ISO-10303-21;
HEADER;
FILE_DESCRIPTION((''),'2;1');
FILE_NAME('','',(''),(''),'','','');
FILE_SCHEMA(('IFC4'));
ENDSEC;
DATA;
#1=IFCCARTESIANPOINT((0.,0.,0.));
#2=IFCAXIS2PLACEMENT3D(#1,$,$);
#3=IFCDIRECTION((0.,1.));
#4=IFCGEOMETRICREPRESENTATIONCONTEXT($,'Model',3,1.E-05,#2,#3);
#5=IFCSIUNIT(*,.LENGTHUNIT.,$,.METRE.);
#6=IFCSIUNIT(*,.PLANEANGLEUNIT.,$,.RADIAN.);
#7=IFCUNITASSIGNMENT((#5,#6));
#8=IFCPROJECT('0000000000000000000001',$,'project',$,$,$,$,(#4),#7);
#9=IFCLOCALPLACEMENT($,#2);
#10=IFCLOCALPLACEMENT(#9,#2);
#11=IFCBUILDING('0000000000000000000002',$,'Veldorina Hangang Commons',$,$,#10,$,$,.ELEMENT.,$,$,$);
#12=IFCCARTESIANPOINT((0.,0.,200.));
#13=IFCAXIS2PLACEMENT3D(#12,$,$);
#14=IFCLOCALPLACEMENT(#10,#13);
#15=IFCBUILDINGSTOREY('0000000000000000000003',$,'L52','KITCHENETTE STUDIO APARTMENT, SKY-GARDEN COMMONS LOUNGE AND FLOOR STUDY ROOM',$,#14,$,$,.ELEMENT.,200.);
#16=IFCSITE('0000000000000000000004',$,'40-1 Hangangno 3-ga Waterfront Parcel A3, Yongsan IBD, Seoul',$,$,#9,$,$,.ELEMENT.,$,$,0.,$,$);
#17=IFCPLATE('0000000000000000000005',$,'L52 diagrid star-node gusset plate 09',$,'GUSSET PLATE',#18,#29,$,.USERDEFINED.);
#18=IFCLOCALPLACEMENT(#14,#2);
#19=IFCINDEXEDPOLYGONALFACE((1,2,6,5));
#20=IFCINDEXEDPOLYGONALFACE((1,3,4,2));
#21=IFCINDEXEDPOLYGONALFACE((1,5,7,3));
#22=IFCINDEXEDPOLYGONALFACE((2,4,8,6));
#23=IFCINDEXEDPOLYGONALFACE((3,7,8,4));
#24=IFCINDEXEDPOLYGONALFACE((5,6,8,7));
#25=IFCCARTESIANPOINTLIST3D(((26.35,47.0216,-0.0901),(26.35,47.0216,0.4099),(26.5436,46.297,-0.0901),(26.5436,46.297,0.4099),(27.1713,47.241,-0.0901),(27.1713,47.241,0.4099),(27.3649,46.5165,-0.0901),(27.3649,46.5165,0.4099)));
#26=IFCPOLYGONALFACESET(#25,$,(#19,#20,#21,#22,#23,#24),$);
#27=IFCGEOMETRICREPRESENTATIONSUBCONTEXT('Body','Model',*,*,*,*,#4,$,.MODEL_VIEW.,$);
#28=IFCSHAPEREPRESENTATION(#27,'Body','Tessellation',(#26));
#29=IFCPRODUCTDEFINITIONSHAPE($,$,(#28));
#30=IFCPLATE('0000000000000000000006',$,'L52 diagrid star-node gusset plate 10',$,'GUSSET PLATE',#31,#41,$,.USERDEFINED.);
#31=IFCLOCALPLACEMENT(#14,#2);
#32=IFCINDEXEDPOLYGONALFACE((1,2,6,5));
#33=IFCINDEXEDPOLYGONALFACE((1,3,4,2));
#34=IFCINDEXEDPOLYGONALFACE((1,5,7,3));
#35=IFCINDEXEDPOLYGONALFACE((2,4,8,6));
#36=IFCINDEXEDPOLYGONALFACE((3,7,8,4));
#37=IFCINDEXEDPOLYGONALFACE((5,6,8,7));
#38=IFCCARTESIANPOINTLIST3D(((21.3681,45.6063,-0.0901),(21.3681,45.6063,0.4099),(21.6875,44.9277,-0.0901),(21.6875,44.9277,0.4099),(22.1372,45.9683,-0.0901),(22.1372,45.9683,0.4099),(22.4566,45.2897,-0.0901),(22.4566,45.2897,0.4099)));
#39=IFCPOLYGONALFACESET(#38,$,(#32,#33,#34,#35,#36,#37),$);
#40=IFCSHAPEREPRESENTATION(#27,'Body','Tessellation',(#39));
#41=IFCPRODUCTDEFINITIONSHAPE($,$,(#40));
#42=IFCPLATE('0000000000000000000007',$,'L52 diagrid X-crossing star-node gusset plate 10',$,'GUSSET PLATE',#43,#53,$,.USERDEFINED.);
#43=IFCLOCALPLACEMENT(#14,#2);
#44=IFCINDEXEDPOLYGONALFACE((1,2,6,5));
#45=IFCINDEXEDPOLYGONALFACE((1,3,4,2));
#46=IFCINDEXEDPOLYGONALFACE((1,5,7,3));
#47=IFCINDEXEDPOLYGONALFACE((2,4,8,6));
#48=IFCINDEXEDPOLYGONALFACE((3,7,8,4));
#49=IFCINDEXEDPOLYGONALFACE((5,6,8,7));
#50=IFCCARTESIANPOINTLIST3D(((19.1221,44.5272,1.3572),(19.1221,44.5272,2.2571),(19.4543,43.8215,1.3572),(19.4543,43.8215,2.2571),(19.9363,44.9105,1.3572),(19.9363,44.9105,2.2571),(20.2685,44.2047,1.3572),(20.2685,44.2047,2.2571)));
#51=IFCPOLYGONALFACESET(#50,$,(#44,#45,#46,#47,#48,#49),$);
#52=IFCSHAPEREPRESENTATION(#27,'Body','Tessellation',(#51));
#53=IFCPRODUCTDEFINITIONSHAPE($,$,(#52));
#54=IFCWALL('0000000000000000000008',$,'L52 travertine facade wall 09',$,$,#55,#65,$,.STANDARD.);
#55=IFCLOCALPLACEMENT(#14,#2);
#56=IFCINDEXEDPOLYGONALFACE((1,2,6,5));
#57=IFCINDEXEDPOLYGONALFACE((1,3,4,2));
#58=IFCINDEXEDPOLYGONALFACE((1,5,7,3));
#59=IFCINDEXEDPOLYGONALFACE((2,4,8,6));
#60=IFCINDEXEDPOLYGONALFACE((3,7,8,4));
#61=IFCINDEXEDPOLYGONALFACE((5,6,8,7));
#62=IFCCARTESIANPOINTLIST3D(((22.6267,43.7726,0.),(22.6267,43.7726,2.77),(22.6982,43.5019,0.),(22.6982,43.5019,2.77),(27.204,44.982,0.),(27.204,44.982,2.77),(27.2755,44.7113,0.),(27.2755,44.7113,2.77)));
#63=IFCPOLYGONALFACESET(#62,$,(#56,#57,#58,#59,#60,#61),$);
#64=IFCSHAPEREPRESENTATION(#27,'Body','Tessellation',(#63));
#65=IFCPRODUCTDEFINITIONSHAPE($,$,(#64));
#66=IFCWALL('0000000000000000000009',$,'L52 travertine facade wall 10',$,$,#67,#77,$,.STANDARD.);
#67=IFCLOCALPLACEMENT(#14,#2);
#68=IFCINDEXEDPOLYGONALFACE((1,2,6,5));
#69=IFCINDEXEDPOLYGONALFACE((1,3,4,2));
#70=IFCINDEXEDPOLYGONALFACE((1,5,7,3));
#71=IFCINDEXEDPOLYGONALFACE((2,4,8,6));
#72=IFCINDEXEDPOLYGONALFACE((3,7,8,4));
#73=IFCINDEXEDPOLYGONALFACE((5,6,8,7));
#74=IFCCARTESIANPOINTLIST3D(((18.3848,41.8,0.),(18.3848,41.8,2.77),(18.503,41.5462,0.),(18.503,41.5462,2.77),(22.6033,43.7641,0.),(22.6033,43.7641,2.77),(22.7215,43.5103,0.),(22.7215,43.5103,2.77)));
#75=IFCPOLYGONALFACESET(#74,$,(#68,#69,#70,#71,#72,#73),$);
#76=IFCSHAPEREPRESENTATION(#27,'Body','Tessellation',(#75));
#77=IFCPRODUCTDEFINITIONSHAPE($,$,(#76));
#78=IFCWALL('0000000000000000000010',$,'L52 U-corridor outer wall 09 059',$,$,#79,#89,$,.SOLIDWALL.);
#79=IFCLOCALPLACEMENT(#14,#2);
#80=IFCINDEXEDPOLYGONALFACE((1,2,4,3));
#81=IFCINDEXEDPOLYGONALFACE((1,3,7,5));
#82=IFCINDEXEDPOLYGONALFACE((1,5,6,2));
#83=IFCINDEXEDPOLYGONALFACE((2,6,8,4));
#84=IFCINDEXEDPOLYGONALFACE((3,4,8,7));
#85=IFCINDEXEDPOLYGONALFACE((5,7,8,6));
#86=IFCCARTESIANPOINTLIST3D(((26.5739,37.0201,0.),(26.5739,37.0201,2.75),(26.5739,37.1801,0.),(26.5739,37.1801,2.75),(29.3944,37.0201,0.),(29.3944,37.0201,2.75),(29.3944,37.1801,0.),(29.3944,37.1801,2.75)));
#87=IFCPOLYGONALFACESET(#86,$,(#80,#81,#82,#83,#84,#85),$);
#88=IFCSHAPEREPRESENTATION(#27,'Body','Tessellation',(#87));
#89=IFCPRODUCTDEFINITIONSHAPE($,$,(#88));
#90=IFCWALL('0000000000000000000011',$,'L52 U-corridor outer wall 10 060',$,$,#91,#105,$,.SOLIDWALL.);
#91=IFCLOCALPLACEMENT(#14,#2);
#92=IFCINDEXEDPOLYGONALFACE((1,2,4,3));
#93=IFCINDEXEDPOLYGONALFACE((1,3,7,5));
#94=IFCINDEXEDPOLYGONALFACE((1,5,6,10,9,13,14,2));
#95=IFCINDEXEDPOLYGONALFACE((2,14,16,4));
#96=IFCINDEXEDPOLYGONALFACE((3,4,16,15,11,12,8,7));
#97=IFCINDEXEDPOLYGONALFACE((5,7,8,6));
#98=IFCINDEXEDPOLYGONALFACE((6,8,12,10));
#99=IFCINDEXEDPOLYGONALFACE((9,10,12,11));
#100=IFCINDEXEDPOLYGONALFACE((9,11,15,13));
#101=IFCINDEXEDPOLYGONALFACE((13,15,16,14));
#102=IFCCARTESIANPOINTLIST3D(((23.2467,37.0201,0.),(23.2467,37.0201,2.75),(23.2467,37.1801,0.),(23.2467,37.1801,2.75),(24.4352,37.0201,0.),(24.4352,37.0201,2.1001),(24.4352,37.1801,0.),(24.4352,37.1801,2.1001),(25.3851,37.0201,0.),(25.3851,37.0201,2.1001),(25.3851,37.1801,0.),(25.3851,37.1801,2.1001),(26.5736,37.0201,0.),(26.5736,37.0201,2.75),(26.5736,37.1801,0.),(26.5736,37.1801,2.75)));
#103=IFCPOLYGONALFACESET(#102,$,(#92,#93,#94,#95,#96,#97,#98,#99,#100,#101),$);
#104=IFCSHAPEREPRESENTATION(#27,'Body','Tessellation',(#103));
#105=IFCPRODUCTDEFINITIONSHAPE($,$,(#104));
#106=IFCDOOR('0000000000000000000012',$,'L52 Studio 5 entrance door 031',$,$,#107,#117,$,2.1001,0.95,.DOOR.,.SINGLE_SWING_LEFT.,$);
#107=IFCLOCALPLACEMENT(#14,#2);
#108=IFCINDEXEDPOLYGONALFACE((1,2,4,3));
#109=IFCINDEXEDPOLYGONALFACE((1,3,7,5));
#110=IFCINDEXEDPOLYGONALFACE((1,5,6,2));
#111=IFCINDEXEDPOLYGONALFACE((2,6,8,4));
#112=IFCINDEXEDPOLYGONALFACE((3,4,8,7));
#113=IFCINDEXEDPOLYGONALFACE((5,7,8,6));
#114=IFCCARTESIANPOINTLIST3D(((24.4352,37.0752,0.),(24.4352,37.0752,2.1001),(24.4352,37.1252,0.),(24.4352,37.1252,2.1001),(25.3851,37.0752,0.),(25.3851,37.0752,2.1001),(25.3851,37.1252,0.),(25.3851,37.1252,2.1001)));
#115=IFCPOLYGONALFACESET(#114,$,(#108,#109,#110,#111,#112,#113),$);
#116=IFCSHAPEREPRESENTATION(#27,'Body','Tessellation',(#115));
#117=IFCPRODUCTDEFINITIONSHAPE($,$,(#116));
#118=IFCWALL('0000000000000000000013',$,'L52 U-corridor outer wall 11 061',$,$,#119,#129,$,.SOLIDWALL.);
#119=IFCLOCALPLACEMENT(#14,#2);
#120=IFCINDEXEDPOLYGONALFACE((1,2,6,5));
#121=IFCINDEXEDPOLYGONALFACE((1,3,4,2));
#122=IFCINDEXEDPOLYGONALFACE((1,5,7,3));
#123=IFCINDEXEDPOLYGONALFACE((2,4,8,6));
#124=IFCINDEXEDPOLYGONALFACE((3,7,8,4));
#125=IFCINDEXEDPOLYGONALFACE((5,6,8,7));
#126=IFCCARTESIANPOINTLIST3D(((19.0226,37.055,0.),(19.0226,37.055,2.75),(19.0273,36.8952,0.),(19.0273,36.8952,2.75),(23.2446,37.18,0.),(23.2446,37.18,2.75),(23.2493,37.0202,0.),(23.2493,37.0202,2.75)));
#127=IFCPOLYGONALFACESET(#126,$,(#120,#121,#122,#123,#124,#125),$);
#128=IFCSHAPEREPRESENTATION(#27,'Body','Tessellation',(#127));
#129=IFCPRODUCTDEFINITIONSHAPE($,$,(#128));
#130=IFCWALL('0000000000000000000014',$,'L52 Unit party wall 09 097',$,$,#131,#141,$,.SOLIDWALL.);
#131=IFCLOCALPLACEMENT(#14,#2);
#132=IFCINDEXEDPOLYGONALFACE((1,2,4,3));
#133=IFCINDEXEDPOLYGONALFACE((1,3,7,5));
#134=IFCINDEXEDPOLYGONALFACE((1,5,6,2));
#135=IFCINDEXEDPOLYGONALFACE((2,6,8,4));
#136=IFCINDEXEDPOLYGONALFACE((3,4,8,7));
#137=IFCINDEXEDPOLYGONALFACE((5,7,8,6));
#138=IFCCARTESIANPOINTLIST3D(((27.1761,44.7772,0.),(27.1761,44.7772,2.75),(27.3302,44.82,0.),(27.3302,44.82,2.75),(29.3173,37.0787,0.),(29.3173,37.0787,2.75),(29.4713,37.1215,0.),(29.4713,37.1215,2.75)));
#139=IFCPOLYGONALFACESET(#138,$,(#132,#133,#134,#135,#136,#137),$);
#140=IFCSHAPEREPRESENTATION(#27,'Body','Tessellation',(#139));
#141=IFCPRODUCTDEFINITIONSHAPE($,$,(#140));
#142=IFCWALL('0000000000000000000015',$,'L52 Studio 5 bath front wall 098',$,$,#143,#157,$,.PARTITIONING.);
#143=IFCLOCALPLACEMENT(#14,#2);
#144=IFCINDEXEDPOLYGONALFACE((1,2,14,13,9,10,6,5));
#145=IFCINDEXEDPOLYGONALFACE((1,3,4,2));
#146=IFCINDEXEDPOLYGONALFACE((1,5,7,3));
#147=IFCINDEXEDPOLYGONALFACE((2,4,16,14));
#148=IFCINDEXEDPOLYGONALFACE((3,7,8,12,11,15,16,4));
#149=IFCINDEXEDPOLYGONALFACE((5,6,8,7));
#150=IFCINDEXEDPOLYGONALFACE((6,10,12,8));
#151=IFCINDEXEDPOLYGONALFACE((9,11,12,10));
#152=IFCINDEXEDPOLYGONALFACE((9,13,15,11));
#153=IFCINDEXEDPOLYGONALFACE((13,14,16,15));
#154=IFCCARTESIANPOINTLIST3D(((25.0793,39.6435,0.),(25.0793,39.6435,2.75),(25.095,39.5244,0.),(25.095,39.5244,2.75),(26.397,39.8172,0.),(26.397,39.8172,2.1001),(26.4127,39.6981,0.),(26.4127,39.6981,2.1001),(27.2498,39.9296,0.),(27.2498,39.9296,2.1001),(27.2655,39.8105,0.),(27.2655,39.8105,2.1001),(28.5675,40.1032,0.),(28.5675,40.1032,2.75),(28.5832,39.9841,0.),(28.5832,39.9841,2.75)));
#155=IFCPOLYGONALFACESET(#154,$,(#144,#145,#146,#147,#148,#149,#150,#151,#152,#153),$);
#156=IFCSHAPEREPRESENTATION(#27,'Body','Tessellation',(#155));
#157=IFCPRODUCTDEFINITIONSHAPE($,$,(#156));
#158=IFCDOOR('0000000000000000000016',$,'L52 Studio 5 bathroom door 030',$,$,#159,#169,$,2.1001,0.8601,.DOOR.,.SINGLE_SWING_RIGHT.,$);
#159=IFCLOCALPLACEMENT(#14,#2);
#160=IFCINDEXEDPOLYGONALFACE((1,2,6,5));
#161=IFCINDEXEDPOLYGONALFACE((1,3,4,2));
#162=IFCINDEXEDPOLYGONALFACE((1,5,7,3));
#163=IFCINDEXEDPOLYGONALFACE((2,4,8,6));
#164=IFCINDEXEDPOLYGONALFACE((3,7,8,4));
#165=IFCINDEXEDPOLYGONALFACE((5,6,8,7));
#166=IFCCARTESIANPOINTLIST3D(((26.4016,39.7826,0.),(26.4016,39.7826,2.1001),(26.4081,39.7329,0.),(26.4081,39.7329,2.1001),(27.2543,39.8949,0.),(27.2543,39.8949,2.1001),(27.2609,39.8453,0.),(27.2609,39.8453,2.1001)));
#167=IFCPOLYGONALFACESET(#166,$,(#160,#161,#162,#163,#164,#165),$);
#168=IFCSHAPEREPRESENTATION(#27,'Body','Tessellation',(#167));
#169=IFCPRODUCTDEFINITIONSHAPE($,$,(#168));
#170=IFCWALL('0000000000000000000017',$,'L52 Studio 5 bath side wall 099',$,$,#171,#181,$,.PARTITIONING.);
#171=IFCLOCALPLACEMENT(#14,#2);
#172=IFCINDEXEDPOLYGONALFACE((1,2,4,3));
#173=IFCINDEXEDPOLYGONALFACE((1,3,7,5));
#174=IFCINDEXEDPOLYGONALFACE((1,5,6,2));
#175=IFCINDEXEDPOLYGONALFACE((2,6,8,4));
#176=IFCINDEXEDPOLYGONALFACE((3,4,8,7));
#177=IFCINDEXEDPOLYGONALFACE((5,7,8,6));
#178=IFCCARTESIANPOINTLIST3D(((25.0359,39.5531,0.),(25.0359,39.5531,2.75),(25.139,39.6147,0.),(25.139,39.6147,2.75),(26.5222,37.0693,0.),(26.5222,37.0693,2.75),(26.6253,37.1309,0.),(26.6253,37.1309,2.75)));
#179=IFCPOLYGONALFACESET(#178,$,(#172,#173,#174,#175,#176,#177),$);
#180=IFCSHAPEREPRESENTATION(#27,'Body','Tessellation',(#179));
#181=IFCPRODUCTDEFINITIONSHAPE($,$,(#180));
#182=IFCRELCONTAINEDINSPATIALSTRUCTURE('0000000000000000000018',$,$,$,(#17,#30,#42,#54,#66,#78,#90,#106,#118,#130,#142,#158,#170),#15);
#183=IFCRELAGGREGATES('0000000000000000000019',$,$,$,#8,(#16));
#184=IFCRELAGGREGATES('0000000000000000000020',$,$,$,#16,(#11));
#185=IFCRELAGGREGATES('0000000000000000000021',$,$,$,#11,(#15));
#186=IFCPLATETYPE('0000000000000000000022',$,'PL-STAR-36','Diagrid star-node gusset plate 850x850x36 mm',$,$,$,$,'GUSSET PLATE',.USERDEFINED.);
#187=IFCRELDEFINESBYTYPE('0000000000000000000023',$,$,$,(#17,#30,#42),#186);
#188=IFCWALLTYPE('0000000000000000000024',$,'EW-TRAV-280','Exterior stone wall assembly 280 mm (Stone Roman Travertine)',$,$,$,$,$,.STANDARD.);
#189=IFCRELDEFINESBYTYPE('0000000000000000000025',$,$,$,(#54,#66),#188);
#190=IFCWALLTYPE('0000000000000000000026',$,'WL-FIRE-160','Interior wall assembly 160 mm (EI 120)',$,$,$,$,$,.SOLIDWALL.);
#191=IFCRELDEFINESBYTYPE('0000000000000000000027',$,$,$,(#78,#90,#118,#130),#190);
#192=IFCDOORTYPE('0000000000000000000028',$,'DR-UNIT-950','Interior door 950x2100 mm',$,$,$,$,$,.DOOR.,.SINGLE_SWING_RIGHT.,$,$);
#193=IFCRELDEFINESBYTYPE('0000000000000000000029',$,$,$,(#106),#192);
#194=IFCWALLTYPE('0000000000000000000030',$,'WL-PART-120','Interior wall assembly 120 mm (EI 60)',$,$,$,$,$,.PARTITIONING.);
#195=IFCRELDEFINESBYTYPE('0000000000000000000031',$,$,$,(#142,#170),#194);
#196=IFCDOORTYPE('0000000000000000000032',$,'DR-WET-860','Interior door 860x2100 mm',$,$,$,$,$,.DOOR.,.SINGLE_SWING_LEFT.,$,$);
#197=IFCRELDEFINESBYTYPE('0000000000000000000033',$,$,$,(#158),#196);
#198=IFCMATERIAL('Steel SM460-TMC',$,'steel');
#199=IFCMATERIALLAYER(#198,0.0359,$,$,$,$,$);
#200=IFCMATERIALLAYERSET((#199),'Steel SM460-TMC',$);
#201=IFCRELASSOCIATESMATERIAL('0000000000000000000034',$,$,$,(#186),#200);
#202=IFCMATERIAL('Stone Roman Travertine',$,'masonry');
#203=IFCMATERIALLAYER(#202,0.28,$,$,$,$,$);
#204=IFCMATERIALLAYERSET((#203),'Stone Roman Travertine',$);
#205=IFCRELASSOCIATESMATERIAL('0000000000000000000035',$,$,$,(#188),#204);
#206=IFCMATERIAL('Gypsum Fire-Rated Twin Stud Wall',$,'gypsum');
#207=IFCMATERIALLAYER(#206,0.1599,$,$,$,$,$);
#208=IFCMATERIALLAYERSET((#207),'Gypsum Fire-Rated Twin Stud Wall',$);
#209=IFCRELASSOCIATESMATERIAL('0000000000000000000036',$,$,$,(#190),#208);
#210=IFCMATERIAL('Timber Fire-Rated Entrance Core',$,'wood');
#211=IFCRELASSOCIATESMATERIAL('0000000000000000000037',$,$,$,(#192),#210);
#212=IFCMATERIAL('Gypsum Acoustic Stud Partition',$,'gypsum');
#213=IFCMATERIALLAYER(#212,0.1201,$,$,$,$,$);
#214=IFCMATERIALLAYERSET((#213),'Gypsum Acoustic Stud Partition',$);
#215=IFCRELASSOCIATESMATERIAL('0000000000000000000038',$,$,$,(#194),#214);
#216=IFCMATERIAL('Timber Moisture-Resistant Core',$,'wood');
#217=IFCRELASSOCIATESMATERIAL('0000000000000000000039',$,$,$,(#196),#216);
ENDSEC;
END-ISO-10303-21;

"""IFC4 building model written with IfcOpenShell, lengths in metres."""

from ifc_helpers import new_model, si_unit, direction, frame, frame_2d, origin, origin_2d, place, context, subcontext, project, spatial, rectangle, extrude, material, layer, layer_set, type_object, element, fill, save


model = new_model("IFC4")

# Units and contexts
model_context = context("Model", 3, precision=1e-05, world=origin(), true_north=direction((0.0, 1.0)))
body_context = subcontext(model_context, "Body", "Model", "MODEL_VIEW")
ifc_project = project(units=[si_unit("LENGTHUNIT", "METRE"), si_unit("PLANEANGLEUNIT", "RADIAN")], contexts=[model_context])

# Site, building, storey
site_placement = place(None, origin())
site = spatial("IfcSite", under=ifc_project, at=site_placement, Name="40-1 Hangangno 3-ga Waterfront Parcel A3, Yongsan IBD, Seoul", CompositionType="ELEMENT", RefElevation=0.0)
building_placement = place(site_placement, origin())
building = spatial("IfcBuilding", under=site, at=building_placement, Name="Veldorina Hangang Commons", CompositionType="ELEMENT")
storey_placement = place(building_placement, frame((0.0, 0.0, 200.0)))
storey = spatial("IfcBuildingStorey", under=building, at=storey_placement, Name="L52", Description="KITCHENETTE STUDIO APARTMENT, SKY-GARDEN COMMONS LOUNGE AND FLOOR STUDY ROOM", CompositionType="ELEMENT", Elevation=200.0)

# Plates
ifc_material_1 = material(Name="Steel SM460-TMC", Category="steel")
ifc_layer_1 = layer(ifc_material_1, 0.0359)
ifc_layer_set_1 = layer_set([ifc_layer_1], Name="Steel SM460-TMC")
plate_type = type_object("IfcPlateType", Name="PL-STAR-36", Description="Diagrid star-node gusset plate 850x850x36 mm", ElementType="GUSSET PLATE", PredefinedType="USERDEFINED", material=ifc_layer_set_1)
for number, where, z_axis, x_axis, name in (
    (1, (26.8574, 46.769, -0.0901), (0.0, 0.0, 1.0), (-0.966115, -0.258111, 0.0), "L52 diagrid star-node gusset plate 09"),
    (2, (21.9124, 45.448, -0.0901), (0.0, 0.0, 1.0), (-0.904768, -0.425906, 0.0), "L52 diagrid star-node gusset plate 10"),
):
    element("IfcPlate", number, at=place(storey_placement, frame(where, z_axis=z_axis, x_axis=x_axis)), inside=storey, type_object=plate_type, Name=name, ObjectType="GUSSET PLATE", PredefinedType="USERDEFINED", context=body_context, shape_type="SweptSolid", body=[
        extrude(rectangle(XDim=0.8501, YDim=0.75, at=origin_2d()), origin(), (0.0, 0.0, 1.0), 0.5),
    ])
plate_1_placement = place(storey_placement, frame((19.6953, 44.366, 1.3572), z_axis=(0.0, 0.0, 1.0), x_axis=(-0.904768, -0.425906, 0.0)))
element("IfcPlate", 3, at=plate_1_placement, inside=storey, type_object=plate_type, Name="L52 diagrid X-crossing star-node gusset plate 10", ObjectType="GUSSET PLATE", PredefinedType="USERDEFINED", context=body_context, shape_type="SweptSolid", body=[
    extrude(rectangle(XDim=0.8999, YDim=0.78, at=origin_2d()), origin(), (0.0, 0.0, 1.0), 0.8999),
])

# Walls
ifc_material_2 = material(Name="Stone Roman Travertine", Category="masonry")
ifc_layer_2 = layer(ifc_material_2, 0.28)
ifc_layer_set_2 = layer_set([ifc_layer_2], Name="Stone Roman Travertine")
wall_type_1 = type_object("IfcWallType", Name="EW-TRAV-280", Description="Exterior stone wall assembly 280 mm (Stone Roman Travertine)", PredefinedType="STANDARD", material=ifc_layer_set_2)
wall_1_placement = place(storey_placement, frame((27.2397, 44.8467, 0.0), z_axis=(0.0, 0.0, 1.0), x_axis=(-0.96682, -0.25546, 0.0)))
element("IfcWall", 4, at=wall_1_placement, inside=storey, type_object=wall_type_1, Name="L52 travertine facade wall 09", PredefinedType="STANDARD", context=body_context, shape_type="SweptSolid", body=[
    extrude(rectangle(XDim=4.7344, YDim=0.28, at=frame_2d((2.3672, 0.0))), origin(), (0.0, 0.0, 1.0), 2.77),
])
wall_2_placement = place(storey_placement, frame((22.6624, 43.6372, 0.0), z_axis=(0.0, 0.0, 1.0), x_axis=(-0.906555, -0.422087, 0.0)))
element("IfcWall", 5, at=wall_2_placement, inside=storey, type_object=wall_type_1, Name="L52 travertine facade wall 10", PredefinedType="STANDARD", context=body_context, shape_type="SweptSolid", body=[
    extrude(rectangle(XDim=4.6533, YDim=0.28, at=frame_2d((2.3267, 0.0))), origin(), (0.0, 0.0, 1.0), 2.77),
])
ifc_material_3 = material(Name="Gypsum Fire-Rated Twin Stud Wall", Category="gypsum")
ifc_layer_3 = layer(ifc_material_3, 0.1599)
ifc_layer_set_3 = layer_set([ifc_layer_3], Name="Gypsum Fire-Rated Twin Stud Wall")
wall_type_2 = type_object("IfcWallType", Name="WL-FIRE-160", Description="Interior wall assembly 160 mm (EI 120)", PredefinedType="SOLIDWALL", material=ifc_layer_set_3)
wall_3_placement = place(storey_placement, frame((29.3943, 37.1001, 0.0), z_axis=(0.0, 0.0, 1.0), x_axis=(-1.0, 0.0, 0.0)))
element("IfcWall", 6, at=wall_3_placement, inside=storey, type_object=wall_type_2, Name="L52 U-corridor outer wall 09 059", PredefinedType="SOLIDWALL", context=body_context, shape_type="SweptSolid", body=[
    extrude(rectangle(XDim=2.8206, YDim=0.1599, at=frame_2d((1.4102, 0.0))), origin(), (0.0, 0.0, 1.0), 2.75),
])

# Wall, opening, door
wall_4_placement = place(storey_placement, frame((26.5737, 37.1001, 0.0), z_axis=(0.0, 0.0, 1.0), x_axis=(-1.0, 0.0, 0.0)))
wall_4 = element("IfcWall", 7, at=wall_4_placement, inside=storey, type_object=wall_type_2, Name="L52 U-corridor outer wall 10 060", PredefinedType="SOLIDWALL", context=body_context, shape_type="SweptSolid", body=[
    extrude(rectangle(XDim=3.3269, YDim=0.1599, at=frame_2d((1.6636, 0.0))), origin(), (0.0, 0.0, 1.0), 2.75),
])
opening_1_placement = place(wall_4_placement, frame((1.1885, 0.0, 0.0)))
opening_1 = element("IfcOpeningElement", 8, at=opening_1_placement, cuts=wall_4, PredefinedType="OPENING", context=body_context, shape_type="SweptSolid", body=[
    extrude(rectangle(XDim=0.95, YDim=2.1001, at=frame_2d((0.4751, 1.05))), frame((0.0, 0.0898, 0.0), z_axis=(0.0, -1.0, 0.0), x_axis=(1.0, 0.0, 0.0)), (0.0, 0.0, 1.0), 0.1799),
])
ifc_material_4 = material(Name="Timber Fire-Rated Entrance Core", Category="wood")
door_type_1 = type_object("IfcDoorType", Name="DR-UNIT-950", Description="Interior door 950x2100 mm", OperationType="SINGLE_SWING_RIGHT", PredefinedType="DOOR", material=ifc_material_4)
door_1_placement = place(opening_1_placement, origin())
door_1 = element("IfcDoor", 9, at=door_1_placement, inside=storey, type_object=door_type_1, Name="L52 Studio 5 entrance door 031", OperationType="SINGLE_SWING_LEFT", OverallHeight=2.1001, OverallWidth=0.95, PredefinedType="DOOR", context=body_context, shape_type="SweptSolid", body=[
    extrude(rectangle(XDim=0.95, YDim=2.1001, at=frame_2d((0.4751, 1.05))), frame((0.0, 0.0249, 0.0), z_axis=(0.0, -1.0, 0.0), x_axis=(1.0, 0.0, 0.0)), (0.0, 0.0, 1.0), 0.05),
])
fill(opening_1, door_1)

# Walls
wall_5_placement = place(storey_placement, frame((23.2468, 37.1001, 0.0), z_axis=(0.0, 0.0, 1.0), x_axis=(-0.999562, -0.029594, 0.0)))
element("IfcWall", 10, at=wall_5_placement, inside=storey, type_object=wall_type_2, Name="L52 U-corridor outer wall 11 061", PredefinedType="SOLIDWALL", context=body_context, shape_type="SweptSolid", body=[
    extrude(rectangle(XDim=4.2239, YDim=0.1599, at=frame_2d((2.1118, 0.0))), origin(), (0.0, 0.0, 1.0), 2.75),
])
wall_6_placement = place(storey_placement, frame((29.3943, 37.1001, 0.0), z_axis=(0.0, 0.0, 1.0), x_axis=(-0.267951, 0.963433, 0.0)))
element("IfcWall", 11, at=wall_6_placement, inside=storey, type_object=wall_type_2, Name="L52 Unit party wall 09 097", PredefinedType="SOLIDWALL", context=body_context, shape_type="SweptSolid", body=[
    extrude(rectangle(XDim=7.9907, YDim=0.1599, at=frame_2d((3.9954, 0.0))), origin(), (0.0, 0.0, 1.0), 2.75),
])

# Wall, opening, door
ifc_material_5 = material(Name="Gypsum Acoustic Stud Partition", Category="gypsum")
ifc_layer_4 = layer(ifc_material_5, 0.1201)
ifc_layer_set_4 = layer_set([ifc_layer_4], Name="Gypsum Acoustic Stud Partition")
wall_type_3 = type_object("IfcWallType", Name="WL-PART-120", Description="Interior wall assembly 120 mm (EI 60)", PredefinedType="PARTITIONING", material=ifc_layer_set_4)
wall_7_placement = place(storey_placement, frame((28.5754, 40.0437, 0.0), z_axis=(0.0, 0.0, 1.0), x_axis=(-0.991426, -0.130668, 0.0)))
wall_7 = element("IfcWall", 12, at=wall_7_placement, inside=storey, type_object=wall_type_3, Name="L52 Studio 5 bath front wall 098", PredefinedType="PARTITIONING", context=body_context, shape_type="SweptSolid", body=[
    extrude(rectangle(XDim=3.5183, YDim=0.1201, at=frame_2d((1.7593, 0.0))), origin(), (0.0, 0.0, 1.0), 2.75),
])
opening_2_placement = place(wall_7_placement, frame((1.3291, 0.0, 0.0)))
opening_2 = element("IfcOpeningElement", 13, at=opening_2_placement, cuts=wall_7, PredefinedType="OPENING", context=body_context, shape_type="SweptSolid", body=[
    extrude(rectangle(XDim=0.8601, YDim=2.1001, at=frame_2d((0.4302, 1.05))), frame((0.0, 0.0701, 0.0), z_axis=(0.0, -1.0, 0.0), x_axis=(1.0, 0.0, 0.0)), (0.0, 0.0, 1.0), 0.1401),
])
ifc_material_6 = material(Name="Timber Moisture-Resistant Core", Category="wood")
door_type_2 = type_object("IfcDoorType", Name="DR-WET-860", Description="Interior door 860x2100 mm", OperationType="SINGLE_SWING_LEFT", PredefinedType="DOOR", material=ifc_material_6)
door_2_placement = place(opening_2_placement, origin())
door_2 = element("IfcDoor", 14, at=door_2_placement, inside=storey, type_object=door_type_2, Name="L52 Studio 5 bathroom door 030", OperationType="SINGLE_SWING_RIGHT", OverallHeight=2.1001, OverallWidth=0.8601, PredefinedType="DOOR", context=body_context, shape_type="SweptSolid", body=[
    extrude(rectangle(XDim=0.8601, YDim=2.1001, at=frame_2d((0.4302, 1.05))), frame((0.0, 0.0249, 0.0), z_axis=(0.0, -1.0, 0.0), x_axis=(1.0, 0.0, 0.0)), (0.0, 0.0, 1.0), 0.05),
])
fill(opening_2, door_2)

# Wall
wall_8_placement = place(storey_placement, frame((26.5737, 37.1001, 0.0), z_axis=(0.0, 0.0, 1.0), x_axis=(-0.513478, 0.858103, 0.0)))
element("IfcWall", 15, at=wall_8_placement, inside=storey, type_object=wall_type_3, Name="L52 Studio 5 bath side wall 099", PredefinedType="PARTITIONING", context=body_context, shape_type="SweptSolid", body=[
    extrude(rectangle(XDim=2.8945, YDim=0.1201, at=frame_2d((1.4473, 0.0))), origin(), (0.0, 0.0, 1.0), 2.75),
])

save(model, "model.ifc")
